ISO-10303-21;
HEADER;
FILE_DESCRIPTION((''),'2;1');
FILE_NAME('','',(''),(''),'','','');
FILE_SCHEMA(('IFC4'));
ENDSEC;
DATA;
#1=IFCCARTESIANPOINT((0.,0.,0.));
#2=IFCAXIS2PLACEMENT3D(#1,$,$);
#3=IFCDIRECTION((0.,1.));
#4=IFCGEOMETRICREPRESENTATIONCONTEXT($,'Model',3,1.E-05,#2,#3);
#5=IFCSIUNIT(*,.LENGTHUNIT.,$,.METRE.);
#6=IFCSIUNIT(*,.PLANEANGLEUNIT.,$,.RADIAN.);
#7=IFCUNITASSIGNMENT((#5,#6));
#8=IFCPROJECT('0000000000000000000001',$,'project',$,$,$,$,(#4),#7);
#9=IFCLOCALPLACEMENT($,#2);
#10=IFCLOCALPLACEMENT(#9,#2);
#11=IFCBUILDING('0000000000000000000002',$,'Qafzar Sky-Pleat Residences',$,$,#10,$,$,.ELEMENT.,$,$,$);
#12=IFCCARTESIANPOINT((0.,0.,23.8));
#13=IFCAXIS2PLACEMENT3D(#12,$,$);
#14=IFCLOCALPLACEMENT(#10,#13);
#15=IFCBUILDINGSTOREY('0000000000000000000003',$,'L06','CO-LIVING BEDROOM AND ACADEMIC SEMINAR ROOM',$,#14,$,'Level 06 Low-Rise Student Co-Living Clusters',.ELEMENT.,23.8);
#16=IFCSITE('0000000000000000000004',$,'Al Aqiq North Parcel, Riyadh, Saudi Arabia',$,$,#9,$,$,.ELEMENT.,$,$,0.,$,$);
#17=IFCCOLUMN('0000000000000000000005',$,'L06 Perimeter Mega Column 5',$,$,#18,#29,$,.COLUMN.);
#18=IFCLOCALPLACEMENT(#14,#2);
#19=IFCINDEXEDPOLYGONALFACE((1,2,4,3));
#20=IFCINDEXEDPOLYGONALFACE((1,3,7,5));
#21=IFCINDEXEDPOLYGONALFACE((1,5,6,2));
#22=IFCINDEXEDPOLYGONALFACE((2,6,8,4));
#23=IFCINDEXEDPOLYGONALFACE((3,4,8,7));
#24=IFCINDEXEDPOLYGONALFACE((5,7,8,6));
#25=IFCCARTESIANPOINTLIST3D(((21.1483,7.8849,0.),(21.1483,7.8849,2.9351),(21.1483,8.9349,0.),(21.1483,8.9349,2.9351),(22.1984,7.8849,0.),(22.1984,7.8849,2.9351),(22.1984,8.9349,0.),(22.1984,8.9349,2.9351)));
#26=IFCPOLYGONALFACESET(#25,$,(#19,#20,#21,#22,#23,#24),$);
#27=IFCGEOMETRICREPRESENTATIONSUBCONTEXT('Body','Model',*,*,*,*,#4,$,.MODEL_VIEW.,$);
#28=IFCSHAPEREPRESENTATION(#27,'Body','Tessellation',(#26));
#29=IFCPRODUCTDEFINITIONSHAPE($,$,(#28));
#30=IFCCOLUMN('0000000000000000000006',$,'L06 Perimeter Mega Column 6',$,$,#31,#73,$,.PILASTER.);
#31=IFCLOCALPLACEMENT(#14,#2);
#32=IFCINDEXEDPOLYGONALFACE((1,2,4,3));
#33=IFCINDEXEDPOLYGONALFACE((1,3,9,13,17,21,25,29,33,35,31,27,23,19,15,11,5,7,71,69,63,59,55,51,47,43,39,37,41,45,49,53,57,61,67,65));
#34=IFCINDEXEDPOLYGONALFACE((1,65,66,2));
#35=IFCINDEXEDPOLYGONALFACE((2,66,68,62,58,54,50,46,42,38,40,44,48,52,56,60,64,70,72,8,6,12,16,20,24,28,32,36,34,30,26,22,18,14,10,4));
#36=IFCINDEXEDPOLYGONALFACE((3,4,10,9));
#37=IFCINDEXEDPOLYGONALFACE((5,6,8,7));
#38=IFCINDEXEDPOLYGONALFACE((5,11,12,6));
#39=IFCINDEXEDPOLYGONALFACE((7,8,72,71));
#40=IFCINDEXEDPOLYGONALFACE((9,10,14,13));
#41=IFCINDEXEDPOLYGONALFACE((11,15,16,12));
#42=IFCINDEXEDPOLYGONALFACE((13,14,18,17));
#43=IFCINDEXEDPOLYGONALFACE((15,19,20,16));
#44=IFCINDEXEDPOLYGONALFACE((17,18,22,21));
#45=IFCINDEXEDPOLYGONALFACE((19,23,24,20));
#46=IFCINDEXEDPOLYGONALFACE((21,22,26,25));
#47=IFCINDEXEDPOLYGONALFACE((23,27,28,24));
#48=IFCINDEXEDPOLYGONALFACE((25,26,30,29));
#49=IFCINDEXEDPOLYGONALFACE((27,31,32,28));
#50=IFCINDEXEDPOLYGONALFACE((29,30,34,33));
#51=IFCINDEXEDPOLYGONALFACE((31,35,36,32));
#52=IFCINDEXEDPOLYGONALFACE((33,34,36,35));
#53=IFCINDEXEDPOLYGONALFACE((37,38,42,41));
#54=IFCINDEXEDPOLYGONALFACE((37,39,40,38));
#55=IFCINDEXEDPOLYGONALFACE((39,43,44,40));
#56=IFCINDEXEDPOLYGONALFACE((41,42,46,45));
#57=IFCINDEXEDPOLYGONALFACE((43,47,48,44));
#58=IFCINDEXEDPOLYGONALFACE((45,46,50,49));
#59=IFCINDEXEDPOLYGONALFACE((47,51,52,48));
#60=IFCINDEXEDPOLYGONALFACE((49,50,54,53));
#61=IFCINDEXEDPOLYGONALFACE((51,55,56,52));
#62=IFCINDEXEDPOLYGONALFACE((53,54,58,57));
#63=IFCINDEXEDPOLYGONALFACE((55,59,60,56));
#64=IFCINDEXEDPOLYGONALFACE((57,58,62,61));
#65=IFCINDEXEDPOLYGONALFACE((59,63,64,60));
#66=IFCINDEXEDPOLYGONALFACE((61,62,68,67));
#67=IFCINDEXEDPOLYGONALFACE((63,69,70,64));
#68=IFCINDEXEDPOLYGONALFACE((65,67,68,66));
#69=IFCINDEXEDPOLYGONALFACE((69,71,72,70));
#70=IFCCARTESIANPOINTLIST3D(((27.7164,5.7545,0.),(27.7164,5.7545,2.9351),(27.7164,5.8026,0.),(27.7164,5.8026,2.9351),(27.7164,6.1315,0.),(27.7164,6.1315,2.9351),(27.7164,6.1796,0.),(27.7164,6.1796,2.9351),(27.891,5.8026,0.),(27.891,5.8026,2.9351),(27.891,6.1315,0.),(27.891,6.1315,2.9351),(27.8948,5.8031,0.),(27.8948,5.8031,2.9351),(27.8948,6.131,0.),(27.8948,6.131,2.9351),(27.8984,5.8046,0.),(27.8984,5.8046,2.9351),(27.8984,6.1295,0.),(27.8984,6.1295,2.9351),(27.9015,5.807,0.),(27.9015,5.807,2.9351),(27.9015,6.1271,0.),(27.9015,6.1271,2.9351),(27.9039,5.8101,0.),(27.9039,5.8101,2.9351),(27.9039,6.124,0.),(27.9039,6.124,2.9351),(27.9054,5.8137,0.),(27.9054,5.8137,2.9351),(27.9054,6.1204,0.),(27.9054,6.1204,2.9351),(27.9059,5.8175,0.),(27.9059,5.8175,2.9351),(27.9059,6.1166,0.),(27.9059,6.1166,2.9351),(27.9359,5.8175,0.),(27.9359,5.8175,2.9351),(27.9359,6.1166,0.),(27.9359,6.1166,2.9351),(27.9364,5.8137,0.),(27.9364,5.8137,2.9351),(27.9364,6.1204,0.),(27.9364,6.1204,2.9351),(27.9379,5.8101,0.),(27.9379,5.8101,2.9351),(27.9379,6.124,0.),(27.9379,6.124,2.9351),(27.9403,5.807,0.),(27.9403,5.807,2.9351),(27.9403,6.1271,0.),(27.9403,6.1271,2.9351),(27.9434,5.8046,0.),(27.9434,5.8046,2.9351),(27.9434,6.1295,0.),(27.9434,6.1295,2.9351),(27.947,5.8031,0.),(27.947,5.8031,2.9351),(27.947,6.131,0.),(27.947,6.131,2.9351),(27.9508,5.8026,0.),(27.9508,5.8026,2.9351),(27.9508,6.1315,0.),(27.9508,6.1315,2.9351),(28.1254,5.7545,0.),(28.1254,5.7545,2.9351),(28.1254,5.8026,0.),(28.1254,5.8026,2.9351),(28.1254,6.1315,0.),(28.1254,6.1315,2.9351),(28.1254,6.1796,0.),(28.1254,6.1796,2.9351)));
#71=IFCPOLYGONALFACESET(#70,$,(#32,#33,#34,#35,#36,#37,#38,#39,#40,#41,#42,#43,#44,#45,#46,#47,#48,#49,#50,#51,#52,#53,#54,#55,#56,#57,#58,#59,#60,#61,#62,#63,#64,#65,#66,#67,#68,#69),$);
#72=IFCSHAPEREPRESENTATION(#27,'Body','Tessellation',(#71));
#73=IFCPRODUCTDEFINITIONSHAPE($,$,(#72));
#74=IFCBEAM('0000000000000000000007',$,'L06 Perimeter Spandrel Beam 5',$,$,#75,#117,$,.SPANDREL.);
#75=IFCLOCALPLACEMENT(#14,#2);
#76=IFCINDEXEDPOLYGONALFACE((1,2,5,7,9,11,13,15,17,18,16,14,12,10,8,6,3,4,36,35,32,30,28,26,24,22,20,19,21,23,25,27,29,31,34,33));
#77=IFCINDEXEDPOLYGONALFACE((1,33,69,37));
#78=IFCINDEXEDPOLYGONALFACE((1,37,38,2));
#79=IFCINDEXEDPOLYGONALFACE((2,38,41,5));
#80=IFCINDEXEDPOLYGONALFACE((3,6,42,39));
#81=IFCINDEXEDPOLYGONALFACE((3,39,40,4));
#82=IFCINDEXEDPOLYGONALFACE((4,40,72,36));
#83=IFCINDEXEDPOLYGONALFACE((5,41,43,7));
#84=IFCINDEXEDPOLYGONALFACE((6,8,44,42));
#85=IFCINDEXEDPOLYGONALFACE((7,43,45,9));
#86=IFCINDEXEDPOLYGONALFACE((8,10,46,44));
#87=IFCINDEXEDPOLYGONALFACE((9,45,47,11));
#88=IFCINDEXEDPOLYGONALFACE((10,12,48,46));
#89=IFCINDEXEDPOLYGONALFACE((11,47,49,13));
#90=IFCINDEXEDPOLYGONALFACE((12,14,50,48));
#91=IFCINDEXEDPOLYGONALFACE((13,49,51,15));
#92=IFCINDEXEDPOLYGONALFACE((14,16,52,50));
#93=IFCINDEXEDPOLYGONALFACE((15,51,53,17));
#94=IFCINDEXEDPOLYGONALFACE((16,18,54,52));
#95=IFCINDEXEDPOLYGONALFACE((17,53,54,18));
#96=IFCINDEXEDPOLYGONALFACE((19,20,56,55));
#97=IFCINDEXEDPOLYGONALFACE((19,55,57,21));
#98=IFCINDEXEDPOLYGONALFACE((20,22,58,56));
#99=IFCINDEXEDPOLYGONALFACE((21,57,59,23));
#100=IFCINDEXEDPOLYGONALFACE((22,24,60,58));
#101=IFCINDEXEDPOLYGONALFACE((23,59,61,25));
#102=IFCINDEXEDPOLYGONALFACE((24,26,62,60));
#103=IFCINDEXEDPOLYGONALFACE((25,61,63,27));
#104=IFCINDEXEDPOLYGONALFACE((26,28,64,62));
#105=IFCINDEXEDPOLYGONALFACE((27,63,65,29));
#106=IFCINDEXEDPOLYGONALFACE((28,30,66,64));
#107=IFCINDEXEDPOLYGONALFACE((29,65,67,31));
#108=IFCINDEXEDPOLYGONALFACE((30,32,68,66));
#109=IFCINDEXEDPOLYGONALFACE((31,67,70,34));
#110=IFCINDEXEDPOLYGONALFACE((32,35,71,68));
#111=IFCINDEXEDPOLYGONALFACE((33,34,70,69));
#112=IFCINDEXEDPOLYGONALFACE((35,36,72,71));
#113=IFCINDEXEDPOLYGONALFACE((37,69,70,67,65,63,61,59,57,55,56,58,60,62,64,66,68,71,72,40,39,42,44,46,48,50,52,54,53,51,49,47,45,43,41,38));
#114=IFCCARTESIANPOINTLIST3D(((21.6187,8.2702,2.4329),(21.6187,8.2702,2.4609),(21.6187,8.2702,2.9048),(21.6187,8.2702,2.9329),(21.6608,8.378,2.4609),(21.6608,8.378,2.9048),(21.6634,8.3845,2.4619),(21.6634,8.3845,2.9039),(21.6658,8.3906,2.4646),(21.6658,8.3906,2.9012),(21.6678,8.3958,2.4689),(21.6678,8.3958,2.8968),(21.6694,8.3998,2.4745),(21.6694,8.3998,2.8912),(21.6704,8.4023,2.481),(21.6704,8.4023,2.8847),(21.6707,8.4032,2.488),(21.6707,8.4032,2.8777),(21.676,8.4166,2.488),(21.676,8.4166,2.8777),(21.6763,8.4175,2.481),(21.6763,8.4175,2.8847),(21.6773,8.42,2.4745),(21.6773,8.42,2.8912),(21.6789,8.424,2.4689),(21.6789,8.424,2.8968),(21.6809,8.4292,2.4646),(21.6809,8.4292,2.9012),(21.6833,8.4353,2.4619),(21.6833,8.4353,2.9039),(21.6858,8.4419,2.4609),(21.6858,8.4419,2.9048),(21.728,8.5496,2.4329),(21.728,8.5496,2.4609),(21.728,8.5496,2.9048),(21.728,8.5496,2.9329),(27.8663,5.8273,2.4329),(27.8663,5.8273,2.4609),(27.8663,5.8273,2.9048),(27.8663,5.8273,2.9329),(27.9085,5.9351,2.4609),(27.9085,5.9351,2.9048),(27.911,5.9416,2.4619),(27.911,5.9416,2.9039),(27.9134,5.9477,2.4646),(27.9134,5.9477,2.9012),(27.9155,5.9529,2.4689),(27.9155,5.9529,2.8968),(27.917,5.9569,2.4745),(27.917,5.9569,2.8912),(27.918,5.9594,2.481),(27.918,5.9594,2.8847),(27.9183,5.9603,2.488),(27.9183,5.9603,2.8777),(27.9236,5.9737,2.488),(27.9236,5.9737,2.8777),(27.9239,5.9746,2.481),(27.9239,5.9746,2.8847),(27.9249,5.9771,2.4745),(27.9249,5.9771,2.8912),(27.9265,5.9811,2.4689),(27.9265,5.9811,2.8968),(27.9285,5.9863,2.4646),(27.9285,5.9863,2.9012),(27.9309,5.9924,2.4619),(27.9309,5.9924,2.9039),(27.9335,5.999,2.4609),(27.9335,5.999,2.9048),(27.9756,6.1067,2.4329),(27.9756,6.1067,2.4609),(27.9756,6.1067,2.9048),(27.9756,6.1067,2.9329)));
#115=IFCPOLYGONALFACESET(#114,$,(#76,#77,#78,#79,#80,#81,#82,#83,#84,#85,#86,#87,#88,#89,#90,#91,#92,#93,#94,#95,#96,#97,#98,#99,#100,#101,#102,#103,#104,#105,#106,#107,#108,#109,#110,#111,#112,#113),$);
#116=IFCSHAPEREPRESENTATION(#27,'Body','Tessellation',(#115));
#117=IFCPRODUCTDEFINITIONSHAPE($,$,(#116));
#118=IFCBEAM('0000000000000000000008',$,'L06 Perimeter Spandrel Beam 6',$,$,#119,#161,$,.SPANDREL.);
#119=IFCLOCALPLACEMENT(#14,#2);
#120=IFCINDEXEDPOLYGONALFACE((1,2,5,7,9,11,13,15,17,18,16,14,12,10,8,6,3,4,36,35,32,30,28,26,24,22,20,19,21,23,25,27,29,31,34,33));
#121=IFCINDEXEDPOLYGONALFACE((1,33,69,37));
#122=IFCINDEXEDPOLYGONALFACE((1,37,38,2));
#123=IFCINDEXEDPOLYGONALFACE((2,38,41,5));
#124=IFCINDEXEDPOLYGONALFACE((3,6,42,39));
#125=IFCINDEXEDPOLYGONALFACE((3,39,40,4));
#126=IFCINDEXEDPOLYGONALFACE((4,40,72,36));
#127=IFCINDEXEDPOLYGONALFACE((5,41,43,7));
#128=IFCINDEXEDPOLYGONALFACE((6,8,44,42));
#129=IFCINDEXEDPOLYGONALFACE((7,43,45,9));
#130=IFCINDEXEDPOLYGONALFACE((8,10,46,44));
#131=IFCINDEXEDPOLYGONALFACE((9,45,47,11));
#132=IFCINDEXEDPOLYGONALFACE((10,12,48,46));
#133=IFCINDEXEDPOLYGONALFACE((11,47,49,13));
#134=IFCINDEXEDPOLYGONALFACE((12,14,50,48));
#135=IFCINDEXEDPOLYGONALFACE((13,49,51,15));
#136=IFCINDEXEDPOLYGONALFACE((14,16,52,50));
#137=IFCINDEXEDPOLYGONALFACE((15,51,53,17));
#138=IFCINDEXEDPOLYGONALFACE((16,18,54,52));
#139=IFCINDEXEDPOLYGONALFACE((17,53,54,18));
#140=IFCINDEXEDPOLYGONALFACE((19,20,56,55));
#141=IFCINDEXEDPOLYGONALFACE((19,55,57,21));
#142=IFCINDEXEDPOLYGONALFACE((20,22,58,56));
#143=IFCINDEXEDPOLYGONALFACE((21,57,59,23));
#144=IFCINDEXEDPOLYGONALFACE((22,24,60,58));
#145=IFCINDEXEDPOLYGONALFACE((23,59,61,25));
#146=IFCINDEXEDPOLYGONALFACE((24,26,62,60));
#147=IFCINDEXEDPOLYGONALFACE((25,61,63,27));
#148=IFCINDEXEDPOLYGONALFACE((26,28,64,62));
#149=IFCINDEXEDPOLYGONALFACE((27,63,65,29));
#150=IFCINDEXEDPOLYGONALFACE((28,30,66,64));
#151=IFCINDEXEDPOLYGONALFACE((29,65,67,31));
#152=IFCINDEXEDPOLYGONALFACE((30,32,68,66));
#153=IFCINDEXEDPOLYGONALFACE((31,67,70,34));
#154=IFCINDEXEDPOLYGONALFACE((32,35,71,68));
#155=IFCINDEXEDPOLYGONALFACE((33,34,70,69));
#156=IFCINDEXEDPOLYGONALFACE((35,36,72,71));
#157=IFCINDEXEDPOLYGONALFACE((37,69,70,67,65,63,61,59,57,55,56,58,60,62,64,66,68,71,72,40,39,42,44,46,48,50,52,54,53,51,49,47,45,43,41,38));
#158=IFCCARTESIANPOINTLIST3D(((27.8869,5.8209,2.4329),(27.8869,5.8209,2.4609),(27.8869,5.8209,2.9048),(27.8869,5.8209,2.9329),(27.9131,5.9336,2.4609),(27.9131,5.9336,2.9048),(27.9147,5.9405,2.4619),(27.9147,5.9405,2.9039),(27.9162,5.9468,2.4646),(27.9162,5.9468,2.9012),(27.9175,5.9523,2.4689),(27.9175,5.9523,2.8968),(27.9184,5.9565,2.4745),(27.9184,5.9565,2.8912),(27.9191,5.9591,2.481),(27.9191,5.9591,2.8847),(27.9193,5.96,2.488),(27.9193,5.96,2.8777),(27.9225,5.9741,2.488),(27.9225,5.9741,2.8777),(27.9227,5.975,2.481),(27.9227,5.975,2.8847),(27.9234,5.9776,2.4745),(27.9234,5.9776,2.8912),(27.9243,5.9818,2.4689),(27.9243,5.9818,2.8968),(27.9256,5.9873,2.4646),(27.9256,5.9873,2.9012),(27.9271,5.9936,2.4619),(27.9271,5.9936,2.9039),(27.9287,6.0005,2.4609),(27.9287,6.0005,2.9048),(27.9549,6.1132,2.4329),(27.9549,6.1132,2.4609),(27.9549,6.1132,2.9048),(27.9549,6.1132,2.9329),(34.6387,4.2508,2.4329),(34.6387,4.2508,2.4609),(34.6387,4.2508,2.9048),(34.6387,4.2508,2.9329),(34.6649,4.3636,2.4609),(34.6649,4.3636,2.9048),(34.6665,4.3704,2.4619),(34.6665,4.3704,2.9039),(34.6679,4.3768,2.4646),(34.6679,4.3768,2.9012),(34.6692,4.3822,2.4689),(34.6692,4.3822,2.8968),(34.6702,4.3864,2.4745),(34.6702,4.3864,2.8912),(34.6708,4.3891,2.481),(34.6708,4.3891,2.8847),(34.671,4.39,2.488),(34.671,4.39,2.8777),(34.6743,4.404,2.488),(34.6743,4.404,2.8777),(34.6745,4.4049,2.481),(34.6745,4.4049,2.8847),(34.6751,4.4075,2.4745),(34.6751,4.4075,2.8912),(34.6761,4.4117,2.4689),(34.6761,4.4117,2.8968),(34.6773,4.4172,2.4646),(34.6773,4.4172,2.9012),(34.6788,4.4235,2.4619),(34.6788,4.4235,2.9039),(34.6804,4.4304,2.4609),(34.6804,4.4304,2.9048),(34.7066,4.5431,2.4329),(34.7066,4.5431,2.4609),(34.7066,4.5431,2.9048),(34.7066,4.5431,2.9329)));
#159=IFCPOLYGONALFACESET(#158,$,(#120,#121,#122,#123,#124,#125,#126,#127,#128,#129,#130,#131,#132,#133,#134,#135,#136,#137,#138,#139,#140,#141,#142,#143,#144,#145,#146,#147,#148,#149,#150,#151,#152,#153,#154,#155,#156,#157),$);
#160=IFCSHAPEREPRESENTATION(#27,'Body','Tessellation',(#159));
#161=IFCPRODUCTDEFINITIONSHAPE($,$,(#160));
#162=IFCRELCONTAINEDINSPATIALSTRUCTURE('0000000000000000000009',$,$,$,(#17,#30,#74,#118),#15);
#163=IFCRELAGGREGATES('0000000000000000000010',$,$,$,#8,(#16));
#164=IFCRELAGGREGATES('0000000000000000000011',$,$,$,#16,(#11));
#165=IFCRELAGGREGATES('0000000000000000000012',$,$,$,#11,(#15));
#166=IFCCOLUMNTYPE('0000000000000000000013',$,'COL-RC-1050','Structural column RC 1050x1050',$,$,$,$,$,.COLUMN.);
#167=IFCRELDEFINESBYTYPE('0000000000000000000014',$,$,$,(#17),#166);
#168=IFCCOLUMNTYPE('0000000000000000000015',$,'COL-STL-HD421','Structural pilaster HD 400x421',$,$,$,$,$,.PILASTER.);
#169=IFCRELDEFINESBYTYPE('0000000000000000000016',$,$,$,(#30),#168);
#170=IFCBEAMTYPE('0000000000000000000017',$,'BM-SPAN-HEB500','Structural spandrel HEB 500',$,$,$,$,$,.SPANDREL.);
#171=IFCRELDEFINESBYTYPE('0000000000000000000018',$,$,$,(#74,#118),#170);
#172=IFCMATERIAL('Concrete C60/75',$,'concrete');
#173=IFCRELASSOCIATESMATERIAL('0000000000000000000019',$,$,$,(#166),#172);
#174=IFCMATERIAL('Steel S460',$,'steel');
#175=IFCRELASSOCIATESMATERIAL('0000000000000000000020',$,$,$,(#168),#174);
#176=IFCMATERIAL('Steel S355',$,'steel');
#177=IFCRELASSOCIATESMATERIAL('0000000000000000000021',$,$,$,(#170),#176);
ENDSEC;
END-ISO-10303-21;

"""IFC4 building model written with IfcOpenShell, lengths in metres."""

from ifc_helpers import new_model, si_unit, direction, frame, origin, origin_2d, place, context, subcontext, project, spatial, rectangle, i_section, extrude, source, transform, mapped, material, material_profile, profile_set, type_object, element, save


model = new_model("IFC4")

# Units and contexts
model_context = context("Model", 3, precision=1e-05, world=origin(), true_north=direction((0.0, 1.0)))
body_context = subcontext(model_context, "Body", "Model", "MODEL_VIEW")
ifc_project = project(units=[si_unit("LENGTHUNIT", "METRE"), si_unit("PLANEANGLEUNIT", "RADIAN")], contexts=[model_context])

# Site, building, storey
site_placement = place(None, origin())
site = spatial("IfcSite", under=ifc_project, at=site_placement, Name="Al Aqiq North Parcel, Riyadh, Saudi Arabia", CompositionType="ELEMENT", RefElevation=0.0)
building_placement = place(site_placement, origin())
building = spatial("IfcBuilding", under=site, at=building_placement, Name="Qafzar Sky-Pleat Residences", CompositionType="ELEMENT")
storey_placement = place(building_placement, frame((0.0, 0.0, 23.8)))
storey = spatial("IfcBuildingStorey", under=building, at=storey_placement, Name="L06", Description="CO-LIVING BEDROOM AND ACADEMIC SEMINAR ROOM", LongName="Level 06 Low-Rise Student Co-Living Clusters", CompositionType="ELEMENT", Elevation=23.8)

# Columns
ifc_material_1 = material(Name="Concrete C60/75", Category="concrete")
ifc_material_profile_1 = material_profile(ifc_material_1, rectangle(XDim=1.05, YDim=1.05, at=origin_2d()), Name="RC 1050x1050")
ifc_profile_set_1 = profile_set([ifc_material_profile_1], Name="Concrete C60/75")
column_type_1 = type_object("IfcColumnType", Name="COL-RC-1050", Description="Structural column RC 1050x1050", PredefinedType="COLUMN", material=ifc_profile_set_1)
shared_shape_1 = source(origin(), body_context, "Body", "SweptSolid", [
    extrude(rectangle(XDim=1.05, YDim=1.05, at=origin_2d()), origin(), (0.0, 0.0, 1.0), 2.9351),
])
column_1_placement = place(storey_placement, frame((21.6733, 8.4099, 0.0), z_axis=(0.0, 0.0, 1.0), x_axis=(1.0, 0.0, 0.0)))
element("IfcColumn", 1, at=column_1_placement, inside=storey, type_object=column_type_1, Name="L06 Perimeter Mega Column 5", PredefinedType="COLUMN", context=body_context, shape_type="MappedRepresentation", body=[
    mapped(shared_shape_1, transform((0.0, 0.0, 0.0), x_axis=(1.0, 0.0, 0.0), y_axis=(0.0, 1.0, 0.0), z_axis=(0.0, 0.0, 1.0), scale=1.0)),
])
ifc_material_2 = material(Name="Steel S460", Category="steel")
ifc_material_profile_2 = material_profile(ifc_material_2, i_section(OverallWidth=0.4089, OverallDepth=0.425, WebThickness=0.03, FlangeThickness=0.0481, FilletRadius=0.0149, at=origin_2d()), Name="HD 400x421")
ifc_profile_set_2 = profile_set([ifc_material_profile_2], Name="Steel S460")
column_type_2 = type_object("IfcColumnType", Name="COL-STL-HD421", Description="Structural pilaster HD 400x421", PredefinedType="PILASTER", material=ifc_profile_set_2)
shared_shape_2 = source(origin(), body_context, "Body", "SweptSolid", [
    extrude(i_section(OverallWidth=0.4089, OverallDepth=0.425, WebThickness=0.03, FlangeThickness=0.0481, FilletRadius=0.0149, at=origin_2d()), origin(), (0.0, 0.0, 1.0), 2.9351),
])
column_2_placement = place(storey_placement, frame((27.9209, 5.967, 0.0), z_axis=(0.0, 0.0, 1.0), x_axis=(1.0, 0.0, 0.0)))
element("IfcColumn", 2, at=column_2_placement, inside=storey, type_object=column_type_2, Name="L06 Perimeter Mega Column 6", PredefinedType="PILASTER", context=body_context, shape_type="MappedRepresentation", body=[
    mapped(shared_shape_2, transform((0.0, 0.0, 0.0), x_axis=(1.0, 0.0, 0.0), y_axis=(0.0, 1.0, 0.0), z_axis=(0.0, 0.0, 1.0), scale=1.0)),
])

# Beams
ifc_material_3 = material(Name="Steel S355", Category="steel")
ifc_material_profile_3 = material_profile(ifc_material_3, i_section(OverallWidth=0.3, OverallDepth=0.5, WebThickness=0.0144, FlangeThickness=0.0281, FilletRadius=0.0271, at=origin_2d()), Name="HEB 500")
ifc_profile_set_3 = profile_set([ifc_material_profile_3], Name="Steel S355")
beam_type_1 = type_object("IfcBeamType", Name="BM-SPAN-HEB500", Description="Structural spandrel HEB 500", PredefinedType="SPANDREL", material=ifc_profile_set_3)
shared_shape_3 = source(origin(), body_context, "Body", "SweptSolid", [
    extrude(i_section(OverallWidth=0.3, OverallDepth=0.5, WebThickness=0.0144, FlangeThickness=0.0281, FilletRadius=0.0271, at=origin_2d()), origin(), (0.0, 0.0, 1.0), 6.7083),
])
beam_1_placement = place(storey_placement, frame((21.6733, 8.4099, 2.6829), z_axis=(0.931335, -0.364163, 0.0), x_axis=(0.364163, 0.931335, 0.0)))
element("IfcBeam", 3, at=beam_1_placement, inside=storey, type_object=beam_type_1, Name="L06 Perimeter Spandrel Beam 5", PredefinedType="SPANDREL", context=body_context, shape_type="MappedRepresentation", body=[
    mapped(shared_shape_3, transform((0.0, 0.0, 0.0), x_axis=(1.0, 0.0, 0.0), y_axis=(0.0, 1.0, 0.0), z_axis=(0.0, 0.0, 1.0), scale=1.0)),
])
shared_shape_4 = source(origin(), body_context, "Body", "SweptSolid", [
    extrude(i_section(OverallWidth=0.3, OverallDepth=0.5, WebThickness=0.0144, FlangeThickness=0.0281, FilletRadius=0.0271, at=origin_2d()), origin(), (0.0, 0.0, 1.0), 6.9319),
])
beam_2_placement = place(storey_placement, frame((27.9209, 5.967, 2.6829), z_axis=(0.974011, -0.2265, 0.0), x_axis=(0.2265, 0.974011, 0.0)))
element("IfcBeam", 4, at=beam_2_placement, inside=storey, type_object=beam_type_1, Name="L06 Perimeter Spandrel Beam 6", PredefinedType="SPANDREL", context=body_context, shape_type="MappedRepresentation", body=[
    mapped(shared_shape_4, transform((0.0, 0.0, 0.0), x_axis=(1.0, 0.0, 0.0), y_axis=(0.0, 1.0, 0.0), z_axis=(0.0, 0.0, 1.0), scale=1.0)),
])

save(model, "model.ifc")
